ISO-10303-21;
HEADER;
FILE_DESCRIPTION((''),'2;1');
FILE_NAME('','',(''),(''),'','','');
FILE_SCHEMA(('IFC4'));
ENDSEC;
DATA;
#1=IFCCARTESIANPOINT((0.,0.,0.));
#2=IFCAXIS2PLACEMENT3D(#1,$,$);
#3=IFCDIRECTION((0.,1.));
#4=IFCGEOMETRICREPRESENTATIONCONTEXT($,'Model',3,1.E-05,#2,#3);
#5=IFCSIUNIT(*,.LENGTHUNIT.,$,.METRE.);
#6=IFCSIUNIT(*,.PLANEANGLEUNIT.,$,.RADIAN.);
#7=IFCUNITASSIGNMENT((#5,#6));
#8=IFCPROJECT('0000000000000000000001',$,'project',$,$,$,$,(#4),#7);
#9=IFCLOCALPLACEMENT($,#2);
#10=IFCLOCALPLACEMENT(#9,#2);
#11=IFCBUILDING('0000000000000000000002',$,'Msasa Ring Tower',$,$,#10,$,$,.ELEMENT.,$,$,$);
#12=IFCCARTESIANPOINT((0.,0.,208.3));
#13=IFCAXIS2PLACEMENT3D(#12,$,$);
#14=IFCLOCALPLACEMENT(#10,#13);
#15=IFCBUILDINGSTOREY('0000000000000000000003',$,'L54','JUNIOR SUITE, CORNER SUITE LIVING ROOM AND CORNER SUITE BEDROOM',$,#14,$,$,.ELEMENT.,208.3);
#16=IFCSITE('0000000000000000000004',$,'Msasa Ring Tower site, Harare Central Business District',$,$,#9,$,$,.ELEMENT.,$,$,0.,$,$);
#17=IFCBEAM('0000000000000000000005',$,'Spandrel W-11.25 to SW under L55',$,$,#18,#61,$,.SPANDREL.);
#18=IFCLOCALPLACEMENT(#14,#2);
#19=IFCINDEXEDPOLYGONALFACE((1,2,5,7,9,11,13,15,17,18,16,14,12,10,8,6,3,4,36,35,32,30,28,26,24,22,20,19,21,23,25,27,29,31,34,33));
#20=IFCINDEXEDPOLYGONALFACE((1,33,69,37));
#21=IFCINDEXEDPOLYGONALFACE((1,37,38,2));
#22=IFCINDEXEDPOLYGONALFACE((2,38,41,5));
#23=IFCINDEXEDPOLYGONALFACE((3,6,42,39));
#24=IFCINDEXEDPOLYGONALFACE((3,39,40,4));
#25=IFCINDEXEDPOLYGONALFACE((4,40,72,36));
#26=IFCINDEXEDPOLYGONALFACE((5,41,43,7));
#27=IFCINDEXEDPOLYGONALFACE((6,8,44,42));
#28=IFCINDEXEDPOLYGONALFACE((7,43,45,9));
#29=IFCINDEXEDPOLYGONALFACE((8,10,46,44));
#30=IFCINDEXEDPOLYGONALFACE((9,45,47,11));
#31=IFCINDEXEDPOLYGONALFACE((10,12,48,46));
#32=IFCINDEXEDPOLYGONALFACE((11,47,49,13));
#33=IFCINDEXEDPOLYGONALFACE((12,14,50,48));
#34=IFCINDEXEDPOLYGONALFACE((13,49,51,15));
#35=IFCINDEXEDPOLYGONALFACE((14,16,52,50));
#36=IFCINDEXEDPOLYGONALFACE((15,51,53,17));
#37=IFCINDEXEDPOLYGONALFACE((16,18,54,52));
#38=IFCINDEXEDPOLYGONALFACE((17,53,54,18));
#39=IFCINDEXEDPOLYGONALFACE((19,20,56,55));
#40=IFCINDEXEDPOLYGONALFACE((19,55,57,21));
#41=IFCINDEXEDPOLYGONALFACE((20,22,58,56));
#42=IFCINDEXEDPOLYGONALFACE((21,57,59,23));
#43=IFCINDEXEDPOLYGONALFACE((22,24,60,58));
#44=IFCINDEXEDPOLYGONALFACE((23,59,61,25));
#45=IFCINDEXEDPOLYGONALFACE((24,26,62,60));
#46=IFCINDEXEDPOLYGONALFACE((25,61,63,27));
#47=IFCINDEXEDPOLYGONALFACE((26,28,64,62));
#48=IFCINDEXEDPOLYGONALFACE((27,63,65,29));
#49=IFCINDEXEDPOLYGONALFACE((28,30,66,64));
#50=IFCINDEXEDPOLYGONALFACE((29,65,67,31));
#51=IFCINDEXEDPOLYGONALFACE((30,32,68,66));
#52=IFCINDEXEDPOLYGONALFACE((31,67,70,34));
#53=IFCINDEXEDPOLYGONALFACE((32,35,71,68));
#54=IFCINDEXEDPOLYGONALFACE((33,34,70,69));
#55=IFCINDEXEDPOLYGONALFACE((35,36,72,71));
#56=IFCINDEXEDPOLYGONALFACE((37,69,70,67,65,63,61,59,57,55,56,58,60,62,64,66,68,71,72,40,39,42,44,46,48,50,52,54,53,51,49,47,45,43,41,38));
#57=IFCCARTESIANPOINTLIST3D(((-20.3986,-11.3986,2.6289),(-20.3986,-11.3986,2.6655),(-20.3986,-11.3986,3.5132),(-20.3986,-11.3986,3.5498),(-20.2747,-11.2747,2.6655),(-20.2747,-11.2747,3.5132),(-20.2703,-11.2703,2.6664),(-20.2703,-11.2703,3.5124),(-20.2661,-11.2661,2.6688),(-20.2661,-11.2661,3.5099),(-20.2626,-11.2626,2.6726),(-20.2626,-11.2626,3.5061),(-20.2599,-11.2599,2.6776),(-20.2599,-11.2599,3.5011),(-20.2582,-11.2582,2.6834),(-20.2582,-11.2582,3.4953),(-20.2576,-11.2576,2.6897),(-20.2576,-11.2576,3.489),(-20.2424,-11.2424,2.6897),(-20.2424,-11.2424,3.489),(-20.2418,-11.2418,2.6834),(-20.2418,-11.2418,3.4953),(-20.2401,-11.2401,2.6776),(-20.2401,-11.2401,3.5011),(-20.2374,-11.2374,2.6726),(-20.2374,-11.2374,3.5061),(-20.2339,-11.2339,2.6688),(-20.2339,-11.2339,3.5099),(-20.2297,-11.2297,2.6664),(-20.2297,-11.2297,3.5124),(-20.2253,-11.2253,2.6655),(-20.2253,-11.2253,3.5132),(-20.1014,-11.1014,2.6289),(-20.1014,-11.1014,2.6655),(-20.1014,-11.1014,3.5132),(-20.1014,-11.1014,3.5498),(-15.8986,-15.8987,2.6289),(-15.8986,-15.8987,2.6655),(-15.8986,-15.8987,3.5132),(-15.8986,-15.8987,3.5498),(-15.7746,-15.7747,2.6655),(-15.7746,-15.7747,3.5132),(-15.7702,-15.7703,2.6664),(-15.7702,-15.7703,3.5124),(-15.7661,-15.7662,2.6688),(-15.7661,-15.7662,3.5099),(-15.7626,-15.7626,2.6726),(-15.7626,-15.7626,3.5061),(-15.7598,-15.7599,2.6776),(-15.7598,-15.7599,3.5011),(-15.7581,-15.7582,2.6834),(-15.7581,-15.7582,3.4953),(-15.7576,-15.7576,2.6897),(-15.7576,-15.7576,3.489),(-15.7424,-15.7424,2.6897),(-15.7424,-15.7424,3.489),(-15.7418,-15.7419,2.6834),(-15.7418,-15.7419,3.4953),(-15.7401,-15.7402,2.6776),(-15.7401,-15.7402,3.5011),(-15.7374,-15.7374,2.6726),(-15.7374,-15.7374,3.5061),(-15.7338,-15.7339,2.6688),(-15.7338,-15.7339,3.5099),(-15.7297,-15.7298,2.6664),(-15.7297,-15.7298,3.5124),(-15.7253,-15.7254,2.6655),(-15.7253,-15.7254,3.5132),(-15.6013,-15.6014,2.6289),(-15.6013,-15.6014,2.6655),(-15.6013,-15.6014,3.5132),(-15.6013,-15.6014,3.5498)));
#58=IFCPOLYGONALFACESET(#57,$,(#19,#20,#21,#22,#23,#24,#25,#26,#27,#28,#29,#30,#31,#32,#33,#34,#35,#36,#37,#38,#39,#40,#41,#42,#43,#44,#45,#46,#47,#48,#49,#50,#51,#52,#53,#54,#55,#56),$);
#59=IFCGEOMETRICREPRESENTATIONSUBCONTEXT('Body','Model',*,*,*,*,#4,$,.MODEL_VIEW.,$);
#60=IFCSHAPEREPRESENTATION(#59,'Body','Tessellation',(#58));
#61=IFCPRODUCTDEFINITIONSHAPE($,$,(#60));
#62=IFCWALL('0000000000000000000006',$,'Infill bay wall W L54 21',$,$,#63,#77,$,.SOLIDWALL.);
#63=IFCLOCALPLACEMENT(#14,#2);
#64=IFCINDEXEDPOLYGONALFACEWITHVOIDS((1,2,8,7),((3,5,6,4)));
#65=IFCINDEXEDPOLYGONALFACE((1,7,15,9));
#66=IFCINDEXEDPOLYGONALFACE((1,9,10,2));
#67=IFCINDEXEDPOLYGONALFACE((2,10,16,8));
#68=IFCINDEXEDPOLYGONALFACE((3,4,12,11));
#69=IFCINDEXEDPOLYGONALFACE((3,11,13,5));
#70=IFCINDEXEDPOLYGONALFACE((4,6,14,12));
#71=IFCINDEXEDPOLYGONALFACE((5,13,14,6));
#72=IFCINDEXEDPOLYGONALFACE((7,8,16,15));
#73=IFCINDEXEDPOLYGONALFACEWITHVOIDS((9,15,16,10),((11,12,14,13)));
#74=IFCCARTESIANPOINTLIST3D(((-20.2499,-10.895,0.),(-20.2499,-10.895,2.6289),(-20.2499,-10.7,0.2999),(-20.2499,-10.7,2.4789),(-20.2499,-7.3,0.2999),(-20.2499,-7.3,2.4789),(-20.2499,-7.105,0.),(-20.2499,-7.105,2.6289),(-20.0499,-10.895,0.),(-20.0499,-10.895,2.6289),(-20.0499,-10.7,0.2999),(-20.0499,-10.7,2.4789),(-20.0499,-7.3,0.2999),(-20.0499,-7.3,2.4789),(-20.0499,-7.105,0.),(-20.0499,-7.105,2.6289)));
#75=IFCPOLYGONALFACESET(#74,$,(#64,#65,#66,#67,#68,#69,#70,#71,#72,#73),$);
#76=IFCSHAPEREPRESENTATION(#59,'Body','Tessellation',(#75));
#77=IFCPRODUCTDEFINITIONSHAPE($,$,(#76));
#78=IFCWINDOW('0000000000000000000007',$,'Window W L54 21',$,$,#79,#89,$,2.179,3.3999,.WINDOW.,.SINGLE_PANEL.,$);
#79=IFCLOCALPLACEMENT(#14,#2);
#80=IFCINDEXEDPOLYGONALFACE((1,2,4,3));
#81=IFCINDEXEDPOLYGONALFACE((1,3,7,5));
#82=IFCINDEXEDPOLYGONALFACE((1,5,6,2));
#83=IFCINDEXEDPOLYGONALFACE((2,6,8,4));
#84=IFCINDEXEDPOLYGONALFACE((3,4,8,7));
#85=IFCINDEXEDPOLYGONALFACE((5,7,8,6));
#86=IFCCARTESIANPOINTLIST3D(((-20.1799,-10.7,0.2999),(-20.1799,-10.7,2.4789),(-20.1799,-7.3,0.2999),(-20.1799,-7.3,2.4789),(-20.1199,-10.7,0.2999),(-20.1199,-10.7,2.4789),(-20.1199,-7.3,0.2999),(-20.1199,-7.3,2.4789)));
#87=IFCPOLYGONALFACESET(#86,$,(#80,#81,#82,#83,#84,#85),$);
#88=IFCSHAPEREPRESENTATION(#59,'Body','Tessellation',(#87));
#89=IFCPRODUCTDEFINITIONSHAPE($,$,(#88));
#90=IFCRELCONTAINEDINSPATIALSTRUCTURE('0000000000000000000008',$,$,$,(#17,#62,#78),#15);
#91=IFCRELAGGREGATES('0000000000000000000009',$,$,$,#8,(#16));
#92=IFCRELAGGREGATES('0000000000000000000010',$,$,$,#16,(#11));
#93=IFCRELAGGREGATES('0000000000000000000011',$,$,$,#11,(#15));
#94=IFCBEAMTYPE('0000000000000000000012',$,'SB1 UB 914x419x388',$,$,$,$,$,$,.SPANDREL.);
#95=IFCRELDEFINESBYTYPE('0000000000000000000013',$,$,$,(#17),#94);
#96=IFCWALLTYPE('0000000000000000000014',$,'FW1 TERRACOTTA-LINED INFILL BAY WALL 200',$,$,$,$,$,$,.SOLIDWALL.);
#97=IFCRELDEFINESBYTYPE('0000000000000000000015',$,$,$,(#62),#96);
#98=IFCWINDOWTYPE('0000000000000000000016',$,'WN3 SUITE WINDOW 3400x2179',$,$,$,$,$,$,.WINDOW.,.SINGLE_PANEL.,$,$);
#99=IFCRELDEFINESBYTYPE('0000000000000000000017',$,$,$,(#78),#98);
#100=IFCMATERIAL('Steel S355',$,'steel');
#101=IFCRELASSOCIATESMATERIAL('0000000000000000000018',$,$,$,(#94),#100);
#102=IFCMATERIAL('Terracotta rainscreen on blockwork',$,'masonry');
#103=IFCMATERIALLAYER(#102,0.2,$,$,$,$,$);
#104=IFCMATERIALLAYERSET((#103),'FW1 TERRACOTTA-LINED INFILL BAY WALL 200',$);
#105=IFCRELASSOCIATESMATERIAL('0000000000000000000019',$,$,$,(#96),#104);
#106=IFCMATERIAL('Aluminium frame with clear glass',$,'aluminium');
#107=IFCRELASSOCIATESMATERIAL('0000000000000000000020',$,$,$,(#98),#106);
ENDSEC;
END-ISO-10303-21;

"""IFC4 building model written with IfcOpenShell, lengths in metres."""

from ifc_helpers import new_model, si_unit, direction, frame, frame_2d, origin, origin_2d, place, context, subcontext, project, spatial, rectangle, i_section, extrude, material, layer, layer_set, material_profile, profile_set, type_object, element, fill, save


model = new_model("IFC4")

# Units and contexts
model_context = context("Model", 3, precision=1e-05, world=origin(), true_north=direction((0.0, 1.0)))
body_context = subcontext(model_context, "Body", "Model", "MODEL_VIEW")
ifc_project = project(units=[si_unit("LENGTHUNIT", "METRE"), si_unit("PLANEANGLEUNIT", "RADIAN")], contexts=[model_context])

# Site, building, storey
site_placement = place(None, origin())
site = spatial("IfcSite", under=ifc_project, at=site_placement, Name="Msasa Ring Tower site, Harare Central Business District", CompositionType="ELEMENT", RefElevation=0.0)
building_placement = place(site_placement, origin())
building = spatial("IfcBuilding", under=site, at=building_placement, Name="Msasa Ring Tower", CompositionType="ELEMENT")
storey_placement = place(building_placement, frame((0.0, 0.0, 208.3)))
storey = spatial("IfcBuildingStorey", under=building, at=storey_placement, Name="L54", Description="JUNIOR SUITE, CORNER SUITE LIVING ROOM AND CORNER SUITE BEDROOM", CompositionType="ELEMENT", Elevation=208.3)

# Beam
ifc_material_1 = material(Name="Steel S355", Category="steel")
ifc_material_profile_1 = material_profile(ifc_material_1, i_section(OverallWidth=0.4204, OverallDepth=0.9209, WebThickness=0.0215, FlangeThickness=0.0366, FilletRadius=0.0242, at=origin_2d()), Name="UB 914x419x388")
ifc_profile_set_1 = profile_set([ifc_material_profile_1], Name="Steel S355")
beam_type_1 = type_object("IfcBeamType", Name="SB1 UB 914x419x388", PredefinedType="SPANDREL", material=ifc_profile_set_1)
beam_1_placement = place(storey_placement, frame((-20.25, -11.25, 3.0894), z_axis=(0.707107, -0.707107, 0.0), x_axis=(0.707107, 0.707107, 0.0)))
element("IfcBeam", 1, at=beam_1_placement, inside=storey, type_object=beam_type_1, Name="Spandrel W-11.25 to SW under L55", PredefinedType="SPANDREL", context=body_context, shape_type="SweptSolid", body=[
    extrude(i_section(OverallWidth=0.4204, OverallDepth=0.9209, WebThickness=0.0215, FlangeThickness=0.0366, FilletRadius=0.0242, at=origin_2d()), origin(), (0.0, 0.0, 1.0), 6.364),
])

# Wall, opening, window
ifc_material_2 = material(Name="Terracotta rainscreen on blockwork", Category="masonry")
ifc_layer_1 = layer(ifc_material_2, 0.2)
ifc_layer_set_1 = layer_set([ifc_layer_1], Name="FW1 TERRACOTTA-LINED INFILL BAY WALL 200")
wall_type_1 = type_object("IfcWallType", Name="FW1 TERRACOTTA-LINED INFILL BAY WALL 200", PredefinedType="SOLIDWALL", material=ifc_layer_set_1)
wall_1_placement = place(storey_placement, frame((-20.1499, -10.895, 0.0), z_axis=(0.0, 0.0, 1.0), x_axis=(0.0, 1.0, 0.0)))
wall_1 = element("IfcWall", 2, at=wall_1_placement, inside=storey, type_object=wall_type_1, Name="Infill bay wall W L54 21", PredefinedType="SOLIDWALL", context=body_context, shape_type="SweptSolid", body=[
    extrude(rectangle(XDim=3.79, YDim=0.2, at=frame_2d((1.895, 0.0))), origin(), (0.0, 0.0, 1.0), 2.6289),
])
opening_1_placement = place(wall_1_placement, frame((0.1951, 0.0, 0.3)))
opening_1 = element("IfcOpeningElement", 3, at=opening_1_placement, cuts=wall_1, PredefinedType="OPENING", context=body_context, shape_type="SweptSolid", body=[
    extrude(rectangle(XDim=3.3999, YDim=2.179, at=frame_2d((1.7, 1.0894))), frame((0.0, 0.1099, 0.0), z_axis=(0.0, -1.0, 0.0), x_axis=(1.0, 0.0, 0.0)), (0.0, 0.0, 1.0), 0.22),
])
ifc_material_3 = material(Name="Aluminium frame with clear glass", Category="aluminium")
window_type = type_object("IfcWindowType", Name="WN3 SUITE WINDOW 3400x2179", PartitioningType="SINGLE_PANEL", PredefinedType="WINDOW", material=ifc_material_3)
window_placement = place(opening_1_placement, origin())
window = element("IfcWindow", 4, at=window_placement, inside=storey, type_object=window_type, Name="Window W L54 21", OverallHeight=2.179, OverallWidth=3.3999, PartitioningType="SINGLE_PANEL", PredefinedType="WINDOW", context=body_context, shape_type="SweptSolid", body=[
    extrude(rectangle(XDim=3.3999, YDim=2.179, at=frame_2d((1.7, 1.0894))), frame((0.0, 0.03, 0.0), z_axis=(0.0, -1.0, 0.0), x_axis=(1.0, 0.0, 0.0)), (0.0, 0.0, 1.0), 0.0601),
])
fill(opening_1, window)

save(model, "model.ifc")
